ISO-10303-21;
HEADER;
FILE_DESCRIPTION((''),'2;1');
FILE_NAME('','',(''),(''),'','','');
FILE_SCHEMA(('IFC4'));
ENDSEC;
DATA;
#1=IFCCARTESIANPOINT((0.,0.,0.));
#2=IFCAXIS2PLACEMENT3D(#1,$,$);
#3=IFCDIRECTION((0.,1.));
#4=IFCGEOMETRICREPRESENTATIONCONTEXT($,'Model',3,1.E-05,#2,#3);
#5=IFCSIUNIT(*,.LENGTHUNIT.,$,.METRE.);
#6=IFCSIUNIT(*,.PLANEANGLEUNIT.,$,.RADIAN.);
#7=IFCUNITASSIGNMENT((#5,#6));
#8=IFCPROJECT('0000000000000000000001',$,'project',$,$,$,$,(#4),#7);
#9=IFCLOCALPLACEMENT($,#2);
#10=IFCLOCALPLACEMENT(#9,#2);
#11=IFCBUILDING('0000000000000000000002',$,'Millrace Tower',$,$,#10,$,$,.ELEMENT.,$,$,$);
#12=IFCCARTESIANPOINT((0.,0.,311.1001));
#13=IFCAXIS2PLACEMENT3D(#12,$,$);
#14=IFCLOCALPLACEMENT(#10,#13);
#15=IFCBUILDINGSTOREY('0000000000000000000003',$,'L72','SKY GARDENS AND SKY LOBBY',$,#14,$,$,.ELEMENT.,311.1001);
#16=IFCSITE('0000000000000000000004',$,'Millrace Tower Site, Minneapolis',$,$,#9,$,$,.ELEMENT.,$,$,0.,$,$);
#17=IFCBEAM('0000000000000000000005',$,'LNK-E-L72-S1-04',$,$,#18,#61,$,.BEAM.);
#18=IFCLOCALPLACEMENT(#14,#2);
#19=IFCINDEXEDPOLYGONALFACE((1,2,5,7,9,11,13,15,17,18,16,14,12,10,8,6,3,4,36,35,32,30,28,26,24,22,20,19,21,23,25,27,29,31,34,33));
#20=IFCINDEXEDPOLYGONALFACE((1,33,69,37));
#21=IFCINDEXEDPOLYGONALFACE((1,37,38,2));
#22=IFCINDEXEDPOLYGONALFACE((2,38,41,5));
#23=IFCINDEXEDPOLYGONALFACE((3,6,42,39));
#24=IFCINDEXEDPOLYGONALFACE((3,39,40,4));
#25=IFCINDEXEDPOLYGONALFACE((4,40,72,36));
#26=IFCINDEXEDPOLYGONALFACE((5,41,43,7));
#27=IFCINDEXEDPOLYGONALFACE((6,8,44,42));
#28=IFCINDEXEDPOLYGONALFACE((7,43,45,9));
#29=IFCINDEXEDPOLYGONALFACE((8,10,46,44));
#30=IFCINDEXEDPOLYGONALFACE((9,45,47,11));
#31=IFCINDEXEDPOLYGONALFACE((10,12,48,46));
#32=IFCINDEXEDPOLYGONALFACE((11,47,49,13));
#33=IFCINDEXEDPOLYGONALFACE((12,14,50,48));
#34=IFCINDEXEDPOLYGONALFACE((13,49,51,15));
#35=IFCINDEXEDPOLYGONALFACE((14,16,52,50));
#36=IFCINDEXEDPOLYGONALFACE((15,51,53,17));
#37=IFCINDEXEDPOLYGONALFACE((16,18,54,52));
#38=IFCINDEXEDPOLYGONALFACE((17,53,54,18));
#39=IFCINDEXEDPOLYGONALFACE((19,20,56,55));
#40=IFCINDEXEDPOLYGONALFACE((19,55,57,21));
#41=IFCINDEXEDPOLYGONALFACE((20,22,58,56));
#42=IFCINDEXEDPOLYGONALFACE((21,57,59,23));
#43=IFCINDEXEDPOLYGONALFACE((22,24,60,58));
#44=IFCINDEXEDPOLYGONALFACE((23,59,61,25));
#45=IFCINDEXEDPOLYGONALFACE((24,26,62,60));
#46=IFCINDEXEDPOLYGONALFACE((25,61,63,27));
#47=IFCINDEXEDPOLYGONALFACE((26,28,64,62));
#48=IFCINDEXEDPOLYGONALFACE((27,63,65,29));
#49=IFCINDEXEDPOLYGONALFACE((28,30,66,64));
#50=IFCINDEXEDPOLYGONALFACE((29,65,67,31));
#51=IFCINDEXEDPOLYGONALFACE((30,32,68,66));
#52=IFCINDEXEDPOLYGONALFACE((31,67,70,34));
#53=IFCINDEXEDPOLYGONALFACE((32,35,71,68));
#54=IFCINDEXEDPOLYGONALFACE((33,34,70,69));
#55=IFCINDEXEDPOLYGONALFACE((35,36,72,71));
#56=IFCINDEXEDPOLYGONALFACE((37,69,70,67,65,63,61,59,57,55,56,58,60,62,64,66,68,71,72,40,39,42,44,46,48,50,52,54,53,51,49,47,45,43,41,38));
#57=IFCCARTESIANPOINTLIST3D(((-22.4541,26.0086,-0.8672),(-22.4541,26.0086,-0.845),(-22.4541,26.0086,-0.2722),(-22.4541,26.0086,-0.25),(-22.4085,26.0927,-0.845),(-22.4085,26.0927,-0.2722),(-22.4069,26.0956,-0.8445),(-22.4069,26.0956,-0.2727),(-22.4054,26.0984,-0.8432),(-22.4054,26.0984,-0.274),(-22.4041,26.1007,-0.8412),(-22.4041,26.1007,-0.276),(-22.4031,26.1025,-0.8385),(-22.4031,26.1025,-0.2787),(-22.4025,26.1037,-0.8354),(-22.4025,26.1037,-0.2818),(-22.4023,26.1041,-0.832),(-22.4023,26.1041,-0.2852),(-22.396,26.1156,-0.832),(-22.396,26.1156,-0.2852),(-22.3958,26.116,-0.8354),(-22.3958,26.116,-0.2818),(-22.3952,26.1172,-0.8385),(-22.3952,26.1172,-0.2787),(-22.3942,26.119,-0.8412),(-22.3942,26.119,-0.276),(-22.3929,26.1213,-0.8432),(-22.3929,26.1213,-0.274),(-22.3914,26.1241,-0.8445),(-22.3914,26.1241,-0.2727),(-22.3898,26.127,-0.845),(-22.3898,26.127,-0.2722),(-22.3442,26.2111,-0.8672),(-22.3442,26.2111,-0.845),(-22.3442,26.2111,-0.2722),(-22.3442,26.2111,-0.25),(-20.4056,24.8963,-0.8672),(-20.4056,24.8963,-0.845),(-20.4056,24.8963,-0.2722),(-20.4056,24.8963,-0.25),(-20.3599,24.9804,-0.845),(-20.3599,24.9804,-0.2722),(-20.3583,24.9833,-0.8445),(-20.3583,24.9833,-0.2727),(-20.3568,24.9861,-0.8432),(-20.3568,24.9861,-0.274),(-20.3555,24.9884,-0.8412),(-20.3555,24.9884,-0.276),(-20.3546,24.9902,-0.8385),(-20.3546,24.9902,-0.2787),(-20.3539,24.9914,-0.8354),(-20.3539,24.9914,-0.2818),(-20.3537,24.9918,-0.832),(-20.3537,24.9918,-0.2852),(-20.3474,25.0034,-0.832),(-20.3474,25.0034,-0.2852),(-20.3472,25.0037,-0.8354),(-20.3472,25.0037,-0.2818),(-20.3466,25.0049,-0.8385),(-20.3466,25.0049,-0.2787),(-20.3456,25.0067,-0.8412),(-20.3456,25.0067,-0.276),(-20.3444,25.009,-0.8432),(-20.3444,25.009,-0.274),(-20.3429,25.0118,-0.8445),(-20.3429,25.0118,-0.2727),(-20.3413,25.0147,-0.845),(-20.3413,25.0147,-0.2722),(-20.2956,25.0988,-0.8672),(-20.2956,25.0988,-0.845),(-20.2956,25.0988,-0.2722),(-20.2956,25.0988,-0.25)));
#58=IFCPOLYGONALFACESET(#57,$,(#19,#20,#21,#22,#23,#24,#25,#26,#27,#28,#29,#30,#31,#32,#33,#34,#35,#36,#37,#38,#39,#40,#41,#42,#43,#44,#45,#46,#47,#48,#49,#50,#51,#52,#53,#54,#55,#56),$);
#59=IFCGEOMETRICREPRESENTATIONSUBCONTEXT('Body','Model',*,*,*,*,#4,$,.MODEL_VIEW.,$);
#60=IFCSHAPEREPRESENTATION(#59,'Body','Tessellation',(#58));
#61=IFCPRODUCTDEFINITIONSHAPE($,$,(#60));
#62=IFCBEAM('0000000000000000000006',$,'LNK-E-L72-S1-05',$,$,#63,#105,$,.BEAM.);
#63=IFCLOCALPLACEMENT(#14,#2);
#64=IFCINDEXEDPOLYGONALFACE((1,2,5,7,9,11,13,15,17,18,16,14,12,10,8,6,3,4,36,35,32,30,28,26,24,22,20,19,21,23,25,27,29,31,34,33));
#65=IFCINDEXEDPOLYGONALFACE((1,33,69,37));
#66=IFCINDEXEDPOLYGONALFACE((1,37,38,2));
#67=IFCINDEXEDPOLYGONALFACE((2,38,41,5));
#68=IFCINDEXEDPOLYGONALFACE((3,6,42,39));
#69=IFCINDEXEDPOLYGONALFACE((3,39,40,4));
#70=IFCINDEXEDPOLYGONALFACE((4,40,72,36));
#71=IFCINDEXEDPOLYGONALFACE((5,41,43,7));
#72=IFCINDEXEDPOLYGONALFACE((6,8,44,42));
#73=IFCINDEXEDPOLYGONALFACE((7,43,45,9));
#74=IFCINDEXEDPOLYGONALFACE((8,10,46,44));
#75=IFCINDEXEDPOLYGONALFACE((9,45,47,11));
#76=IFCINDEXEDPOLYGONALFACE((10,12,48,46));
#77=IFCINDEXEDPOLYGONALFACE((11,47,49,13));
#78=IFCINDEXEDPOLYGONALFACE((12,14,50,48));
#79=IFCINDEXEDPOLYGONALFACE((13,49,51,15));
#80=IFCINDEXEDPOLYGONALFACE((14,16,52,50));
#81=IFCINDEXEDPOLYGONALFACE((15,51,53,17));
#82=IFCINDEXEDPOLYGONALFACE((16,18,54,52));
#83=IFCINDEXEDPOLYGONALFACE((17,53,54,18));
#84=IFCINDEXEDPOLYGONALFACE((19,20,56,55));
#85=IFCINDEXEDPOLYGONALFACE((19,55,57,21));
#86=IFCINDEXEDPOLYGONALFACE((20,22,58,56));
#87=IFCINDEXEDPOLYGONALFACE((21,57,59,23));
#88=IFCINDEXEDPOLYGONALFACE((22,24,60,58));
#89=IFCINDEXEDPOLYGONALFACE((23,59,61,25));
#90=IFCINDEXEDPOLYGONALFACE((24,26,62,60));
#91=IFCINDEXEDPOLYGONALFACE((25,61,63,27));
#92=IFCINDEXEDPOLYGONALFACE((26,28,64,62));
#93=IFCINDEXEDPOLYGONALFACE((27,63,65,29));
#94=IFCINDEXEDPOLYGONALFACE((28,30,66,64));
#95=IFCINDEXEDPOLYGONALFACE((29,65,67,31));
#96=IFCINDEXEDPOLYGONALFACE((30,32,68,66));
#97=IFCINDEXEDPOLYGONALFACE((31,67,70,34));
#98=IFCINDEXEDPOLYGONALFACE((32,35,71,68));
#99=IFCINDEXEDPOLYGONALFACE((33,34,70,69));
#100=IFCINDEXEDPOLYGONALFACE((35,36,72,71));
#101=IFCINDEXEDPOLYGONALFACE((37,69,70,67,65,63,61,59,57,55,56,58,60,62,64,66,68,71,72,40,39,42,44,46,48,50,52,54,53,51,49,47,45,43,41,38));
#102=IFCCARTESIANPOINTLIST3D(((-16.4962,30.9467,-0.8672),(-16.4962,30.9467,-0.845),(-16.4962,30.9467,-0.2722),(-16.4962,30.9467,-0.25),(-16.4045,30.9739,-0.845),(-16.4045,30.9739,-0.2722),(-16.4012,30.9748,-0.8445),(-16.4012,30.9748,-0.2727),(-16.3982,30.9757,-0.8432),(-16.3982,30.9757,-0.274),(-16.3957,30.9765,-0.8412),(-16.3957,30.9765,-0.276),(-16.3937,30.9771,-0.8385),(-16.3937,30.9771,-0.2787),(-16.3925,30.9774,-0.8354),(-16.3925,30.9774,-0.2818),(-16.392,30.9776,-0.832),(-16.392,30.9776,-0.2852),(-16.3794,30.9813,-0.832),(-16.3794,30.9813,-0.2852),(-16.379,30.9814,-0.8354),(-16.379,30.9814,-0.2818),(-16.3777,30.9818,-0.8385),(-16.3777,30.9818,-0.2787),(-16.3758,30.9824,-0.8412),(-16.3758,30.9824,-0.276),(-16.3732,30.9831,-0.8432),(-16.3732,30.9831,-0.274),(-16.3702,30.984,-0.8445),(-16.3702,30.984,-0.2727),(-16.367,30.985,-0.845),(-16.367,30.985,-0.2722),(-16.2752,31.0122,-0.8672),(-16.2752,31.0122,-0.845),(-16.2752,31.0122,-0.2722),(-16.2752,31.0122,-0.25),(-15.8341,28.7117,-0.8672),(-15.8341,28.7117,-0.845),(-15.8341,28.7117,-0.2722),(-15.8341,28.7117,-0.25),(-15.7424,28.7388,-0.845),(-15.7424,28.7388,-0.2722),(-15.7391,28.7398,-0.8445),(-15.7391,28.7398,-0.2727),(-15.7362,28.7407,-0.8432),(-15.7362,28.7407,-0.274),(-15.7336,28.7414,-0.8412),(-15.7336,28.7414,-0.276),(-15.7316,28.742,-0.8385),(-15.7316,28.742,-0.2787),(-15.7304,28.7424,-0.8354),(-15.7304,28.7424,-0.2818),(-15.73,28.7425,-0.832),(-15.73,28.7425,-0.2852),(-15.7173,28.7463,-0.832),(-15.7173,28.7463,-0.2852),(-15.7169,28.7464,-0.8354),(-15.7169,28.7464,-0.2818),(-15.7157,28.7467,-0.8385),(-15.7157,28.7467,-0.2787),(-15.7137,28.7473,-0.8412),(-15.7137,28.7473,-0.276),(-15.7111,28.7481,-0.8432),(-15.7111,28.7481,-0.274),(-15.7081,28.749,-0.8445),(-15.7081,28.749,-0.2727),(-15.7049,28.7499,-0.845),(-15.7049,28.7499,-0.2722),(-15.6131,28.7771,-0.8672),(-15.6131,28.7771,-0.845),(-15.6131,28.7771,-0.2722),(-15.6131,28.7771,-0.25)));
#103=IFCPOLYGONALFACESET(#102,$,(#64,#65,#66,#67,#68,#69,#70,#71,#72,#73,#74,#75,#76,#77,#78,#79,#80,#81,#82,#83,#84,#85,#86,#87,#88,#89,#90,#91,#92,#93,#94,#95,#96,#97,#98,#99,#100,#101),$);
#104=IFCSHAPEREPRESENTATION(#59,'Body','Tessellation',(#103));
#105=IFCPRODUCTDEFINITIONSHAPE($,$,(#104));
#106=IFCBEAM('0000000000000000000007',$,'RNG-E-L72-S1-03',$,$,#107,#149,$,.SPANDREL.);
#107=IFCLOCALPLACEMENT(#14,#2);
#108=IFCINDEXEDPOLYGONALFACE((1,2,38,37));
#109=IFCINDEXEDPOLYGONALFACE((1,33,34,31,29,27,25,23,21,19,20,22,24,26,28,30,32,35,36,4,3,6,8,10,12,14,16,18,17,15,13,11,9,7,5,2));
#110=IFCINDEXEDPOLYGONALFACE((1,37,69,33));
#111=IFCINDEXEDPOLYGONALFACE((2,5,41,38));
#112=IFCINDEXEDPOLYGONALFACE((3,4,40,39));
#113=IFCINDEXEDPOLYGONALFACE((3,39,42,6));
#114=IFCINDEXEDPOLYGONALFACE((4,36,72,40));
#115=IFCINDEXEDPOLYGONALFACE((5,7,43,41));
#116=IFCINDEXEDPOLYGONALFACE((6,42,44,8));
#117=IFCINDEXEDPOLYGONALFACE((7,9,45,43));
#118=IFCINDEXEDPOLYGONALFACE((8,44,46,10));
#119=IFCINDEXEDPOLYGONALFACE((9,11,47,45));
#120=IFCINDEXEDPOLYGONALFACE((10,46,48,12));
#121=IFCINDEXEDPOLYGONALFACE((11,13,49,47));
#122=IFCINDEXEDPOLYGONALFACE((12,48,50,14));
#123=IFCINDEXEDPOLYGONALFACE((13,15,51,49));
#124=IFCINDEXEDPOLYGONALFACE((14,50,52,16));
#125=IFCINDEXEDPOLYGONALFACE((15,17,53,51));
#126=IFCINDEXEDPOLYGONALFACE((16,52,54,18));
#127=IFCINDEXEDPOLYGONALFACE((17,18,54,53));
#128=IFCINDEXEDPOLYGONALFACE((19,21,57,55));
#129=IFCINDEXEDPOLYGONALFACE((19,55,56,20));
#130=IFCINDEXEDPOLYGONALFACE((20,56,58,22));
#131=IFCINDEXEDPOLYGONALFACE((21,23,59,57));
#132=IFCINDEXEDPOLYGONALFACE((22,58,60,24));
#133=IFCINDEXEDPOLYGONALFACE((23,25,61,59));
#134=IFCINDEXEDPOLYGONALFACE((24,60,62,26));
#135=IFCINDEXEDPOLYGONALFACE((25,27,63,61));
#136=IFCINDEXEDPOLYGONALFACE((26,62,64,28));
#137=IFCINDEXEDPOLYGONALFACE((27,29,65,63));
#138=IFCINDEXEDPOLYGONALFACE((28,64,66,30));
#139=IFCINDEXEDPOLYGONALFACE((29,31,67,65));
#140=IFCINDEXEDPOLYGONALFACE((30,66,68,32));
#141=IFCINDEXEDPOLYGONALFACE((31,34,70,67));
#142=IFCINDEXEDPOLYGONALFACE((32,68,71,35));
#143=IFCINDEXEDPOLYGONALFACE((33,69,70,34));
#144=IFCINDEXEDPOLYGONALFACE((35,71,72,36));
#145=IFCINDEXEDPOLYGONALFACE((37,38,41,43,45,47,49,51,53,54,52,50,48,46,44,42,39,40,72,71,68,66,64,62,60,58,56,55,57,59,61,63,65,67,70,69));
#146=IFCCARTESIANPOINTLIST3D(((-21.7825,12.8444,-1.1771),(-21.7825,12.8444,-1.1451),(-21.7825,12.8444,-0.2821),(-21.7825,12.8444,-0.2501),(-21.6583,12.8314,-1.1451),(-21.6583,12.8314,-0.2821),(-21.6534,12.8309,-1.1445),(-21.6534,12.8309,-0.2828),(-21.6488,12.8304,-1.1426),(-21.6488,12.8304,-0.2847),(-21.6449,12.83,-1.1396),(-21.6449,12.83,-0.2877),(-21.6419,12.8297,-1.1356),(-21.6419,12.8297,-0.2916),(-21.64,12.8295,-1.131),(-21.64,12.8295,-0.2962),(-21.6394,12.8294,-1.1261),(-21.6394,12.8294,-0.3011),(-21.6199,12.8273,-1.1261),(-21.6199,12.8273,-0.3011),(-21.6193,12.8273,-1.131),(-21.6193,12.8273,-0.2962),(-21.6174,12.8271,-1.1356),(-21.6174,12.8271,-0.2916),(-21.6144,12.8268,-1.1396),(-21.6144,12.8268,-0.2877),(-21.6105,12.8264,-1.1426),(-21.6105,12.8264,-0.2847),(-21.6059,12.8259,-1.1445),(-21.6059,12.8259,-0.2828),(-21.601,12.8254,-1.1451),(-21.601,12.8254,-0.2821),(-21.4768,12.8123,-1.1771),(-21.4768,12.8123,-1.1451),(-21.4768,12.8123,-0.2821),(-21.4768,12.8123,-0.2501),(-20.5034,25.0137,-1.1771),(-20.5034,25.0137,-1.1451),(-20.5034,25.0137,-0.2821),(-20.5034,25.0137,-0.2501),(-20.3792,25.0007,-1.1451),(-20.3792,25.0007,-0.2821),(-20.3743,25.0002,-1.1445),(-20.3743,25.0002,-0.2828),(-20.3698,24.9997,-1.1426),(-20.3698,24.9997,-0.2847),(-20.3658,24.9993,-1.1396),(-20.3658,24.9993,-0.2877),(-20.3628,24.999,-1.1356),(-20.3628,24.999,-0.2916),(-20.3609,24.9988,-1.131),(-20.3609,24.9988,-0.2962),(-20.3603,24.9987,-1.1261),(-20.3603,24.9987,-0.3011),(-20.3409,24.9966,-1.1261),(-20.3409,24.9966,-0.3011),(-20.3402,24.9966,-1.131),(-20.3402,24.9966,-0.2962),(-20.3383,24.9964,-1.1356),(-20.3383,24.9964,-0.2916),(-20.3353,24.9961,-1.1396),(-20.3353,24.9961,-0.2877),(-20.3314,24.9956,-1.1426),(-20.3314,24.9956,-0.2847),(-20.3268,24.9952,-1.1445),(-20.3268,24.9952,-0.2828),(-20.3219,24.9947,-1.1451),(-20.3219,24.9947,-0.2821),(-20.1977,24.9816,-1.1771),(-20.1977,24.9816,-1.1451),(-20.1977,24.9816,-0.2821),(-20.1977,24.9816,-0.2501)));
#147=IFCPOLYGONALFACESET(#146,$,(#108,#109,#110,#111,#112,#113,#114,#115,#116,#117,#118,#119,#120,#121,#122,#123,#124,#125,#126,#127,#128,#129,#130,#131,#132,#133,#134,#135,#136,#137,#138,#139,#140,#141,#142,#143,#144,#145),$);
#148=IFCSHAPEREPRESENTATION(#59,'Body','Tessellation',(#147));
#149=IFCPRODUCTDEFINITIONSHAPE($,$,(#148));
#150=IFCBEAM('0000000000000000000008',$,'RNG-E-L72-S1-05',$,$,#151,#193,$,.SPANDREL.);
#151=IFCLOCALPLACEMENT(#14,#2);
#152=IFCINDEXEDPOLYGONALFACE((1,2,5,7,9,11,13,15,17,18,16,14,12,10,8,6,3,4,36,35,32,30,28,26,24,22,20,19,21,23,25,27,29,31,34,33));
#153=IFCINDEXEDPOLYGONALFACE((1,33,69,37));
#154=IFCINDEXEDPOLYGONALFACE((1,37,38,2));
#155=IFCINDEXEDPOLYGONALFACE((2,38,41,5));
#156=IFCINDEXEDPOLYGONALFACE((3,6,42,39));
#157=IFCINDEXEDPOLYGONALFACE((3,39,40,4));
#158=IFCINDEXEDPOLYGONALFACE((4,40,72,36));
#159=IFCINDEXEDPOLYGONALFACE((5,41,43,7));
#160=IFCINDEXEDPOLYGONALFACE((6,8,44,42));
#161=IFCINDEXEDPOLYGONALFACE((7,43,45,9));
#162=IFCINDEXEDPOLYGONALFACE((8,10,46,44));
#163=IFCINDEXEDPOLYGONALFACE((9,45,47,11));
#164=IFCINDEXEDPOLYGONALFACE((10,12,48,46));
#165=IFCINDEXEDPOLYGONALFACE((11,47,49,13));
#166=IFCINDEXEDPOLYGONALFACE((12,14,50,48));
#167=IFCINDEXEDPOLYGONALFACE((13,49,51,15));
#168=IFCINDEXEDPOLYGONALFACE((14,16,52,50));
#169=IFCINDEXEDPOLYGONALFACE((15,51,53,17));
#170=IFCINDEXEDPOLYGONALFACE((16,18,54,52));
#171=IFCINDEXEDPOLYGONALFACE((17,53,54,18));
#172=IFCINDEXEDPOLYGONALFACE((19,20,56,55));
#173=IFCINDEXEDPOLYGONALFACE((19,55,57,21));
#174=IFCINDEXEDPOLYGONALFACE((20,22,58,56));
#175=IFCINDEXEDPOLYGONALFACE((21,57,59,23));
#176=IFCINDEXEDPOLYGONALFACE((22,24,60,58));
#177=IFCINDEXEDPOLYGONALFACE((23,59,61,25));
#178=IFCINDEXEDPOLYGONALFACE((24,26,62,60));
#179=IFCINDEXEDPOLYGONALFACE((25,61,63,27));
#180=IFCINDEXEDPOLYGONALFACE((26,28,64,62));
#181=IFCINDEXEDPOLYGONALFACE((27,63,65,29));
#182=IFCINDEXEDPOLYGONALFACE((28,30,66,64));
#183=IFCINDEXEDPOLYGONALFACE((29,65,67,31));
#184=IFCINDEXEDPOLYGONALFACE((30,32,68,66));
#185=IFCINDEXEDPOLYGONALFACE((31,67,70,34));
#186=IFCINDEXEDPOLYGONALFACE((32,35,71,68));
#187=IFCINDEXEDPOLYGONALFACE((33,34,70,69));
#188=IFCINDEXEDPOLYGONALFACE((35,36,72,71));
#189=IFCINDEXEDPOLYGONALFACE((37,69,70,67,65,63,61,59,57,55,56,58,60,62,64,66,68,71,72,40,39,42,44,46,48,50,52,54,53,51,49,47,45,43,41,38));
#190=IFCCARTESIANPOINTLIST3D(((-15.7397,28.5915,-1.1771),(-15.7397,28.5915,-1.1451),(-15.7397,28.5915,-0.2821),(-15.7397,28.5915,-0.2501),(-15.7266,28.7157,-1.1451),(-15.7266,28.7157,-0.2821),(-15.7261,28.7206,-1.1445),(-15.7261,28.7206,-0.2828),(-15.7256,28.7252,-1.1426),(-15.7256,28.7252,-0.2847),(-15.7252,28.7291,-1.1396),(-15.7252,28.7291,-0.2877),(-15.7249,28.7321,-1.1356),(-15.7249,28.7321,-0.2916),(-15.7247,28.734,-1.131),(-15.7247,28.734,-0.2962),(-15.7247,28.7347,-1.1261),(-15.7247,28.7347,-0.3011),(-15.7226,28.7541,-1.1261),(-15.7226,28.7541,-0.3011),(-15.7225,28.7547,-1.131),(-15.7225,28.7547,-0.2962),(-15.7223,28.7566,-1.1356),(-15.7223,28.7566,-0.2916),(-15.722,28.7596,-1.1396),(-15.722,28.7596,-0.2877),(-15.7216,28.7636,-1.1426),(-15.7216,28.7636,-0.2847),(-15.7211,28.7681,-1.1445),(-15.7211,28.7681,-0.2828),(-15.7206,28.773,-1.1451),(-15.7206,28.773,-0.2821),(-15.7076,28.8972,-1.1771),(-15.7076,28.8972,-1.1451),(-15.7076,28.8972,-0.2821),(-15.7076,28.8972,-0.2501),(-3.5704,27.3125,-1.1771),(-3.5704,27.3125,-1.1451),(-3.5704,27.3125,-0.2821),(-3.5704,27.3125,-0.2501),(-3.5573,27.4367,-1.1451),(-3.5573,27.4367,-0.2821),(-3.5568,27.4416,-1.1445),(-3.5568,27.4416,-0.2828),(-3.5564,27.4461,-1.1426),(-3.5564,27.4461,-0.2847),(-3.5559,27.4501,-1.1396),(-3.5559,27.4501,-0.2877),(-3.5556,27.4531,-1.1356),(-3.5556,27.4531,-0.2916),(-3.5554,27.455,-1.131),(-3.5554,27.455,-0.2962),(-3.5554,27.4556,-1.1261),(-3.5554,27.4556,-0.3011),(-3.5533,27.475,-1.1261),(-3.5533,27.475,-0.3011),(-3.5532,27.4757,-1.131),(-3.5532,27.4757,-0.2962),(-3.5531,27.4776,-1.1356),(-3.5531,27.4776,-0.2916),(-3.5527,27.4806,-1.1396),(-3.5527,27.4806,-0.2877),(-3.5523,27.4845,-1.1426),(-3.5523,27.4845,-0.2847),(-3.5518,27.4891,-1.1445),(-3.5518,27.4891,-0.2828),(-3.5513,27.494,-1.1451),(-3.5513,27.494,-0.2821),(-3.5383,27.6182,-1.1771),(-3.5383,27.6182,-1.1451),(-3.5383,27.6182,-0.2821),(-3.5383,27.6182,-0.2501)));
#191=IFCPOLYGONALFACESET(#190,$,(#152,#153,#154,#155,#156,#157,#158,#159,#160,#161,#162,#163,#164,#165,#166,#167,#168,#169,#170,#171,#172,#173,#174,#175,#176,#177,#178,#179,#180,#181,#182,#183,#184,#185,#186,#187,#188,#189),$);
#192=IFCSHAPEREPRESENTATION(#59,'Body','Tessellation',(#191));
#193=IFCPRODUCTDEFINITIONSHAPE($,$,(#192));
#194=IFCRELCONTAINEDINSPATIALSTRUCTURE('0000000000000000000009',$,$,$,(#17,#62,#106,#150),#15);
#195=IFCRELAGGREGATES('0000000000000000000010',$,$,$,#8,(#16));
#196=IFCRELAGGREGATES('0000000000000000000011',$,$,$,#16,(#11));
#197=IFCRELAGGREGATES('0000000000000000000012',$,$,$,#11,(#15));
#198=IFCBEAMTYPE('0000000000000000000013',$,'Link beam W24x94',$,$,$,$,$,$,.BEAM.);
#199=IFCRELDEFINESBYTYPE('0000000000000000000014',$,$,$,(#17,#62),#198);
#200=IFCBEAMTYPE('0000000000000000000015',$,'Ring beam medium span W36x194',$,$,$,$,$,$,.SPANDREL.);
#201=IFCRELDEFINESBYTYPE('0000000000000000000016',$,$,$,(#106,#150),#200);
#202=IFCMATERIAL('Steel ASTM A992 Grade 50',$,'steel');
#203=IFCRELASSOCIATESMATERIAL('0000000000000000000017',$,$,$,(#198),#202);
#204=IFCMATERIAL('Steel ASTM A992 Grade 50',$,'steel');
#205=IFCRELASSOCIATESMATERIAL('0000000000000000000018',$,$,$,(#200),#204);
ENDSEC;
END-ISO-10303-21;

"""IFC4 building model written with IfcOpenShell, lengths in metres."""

from ifc_helpers import new_model, si_unit, direction, frame, origin, origin_2d, place, context, subcontext, project, spatial, i_section, extrude, material, material_profile, profile_set, type_object, element, save


model = new_model("IFC4")

# Units and contexts
model_context = context("Model", 3, precision=1e-05, world=origin(), true_north=direction((0.0, 1.0)))
body_context = subcontext(model_context, "Body", "Model", "MODEL_VIEW")
ifc_project = project(units=[si_unit("LENGTHUNIT", "METRE"), si_unit("PLANEANGLEUNIT", "RADIAN")], contexts=[model_context])

# Site, building, storey
site_placement = place(None, origin())
site = spatial("IfcSite", under=ifc_project, at=site_placement, Name="Millrace Tower Site, Minneapolis", CompositionType="ELEMENT", RefElevation=0.0)
building_placement = place(site_placement, origin())
building = spatial("IfcBuilding", under=site, at=building_placement, Name="Millrace Tower", CompositionType="ELEMENT")
storey_placement = place(building_placement, frame((0.0, 0.0, 311.1001)))
storey = spatial("IfcBuildingStorey", under=building, at=storey_placement, Name="L72", Description="SKY GARDENS AND SKY LOBBY", CompositionType="ELEMENT", Elevation=311.1001)

# Beams
ifc_material_1 = material(Name="Steel ASTM A992 Grade 50", Category="steel")
ifc_material_profile_1 = material_profile(ifc_material_1, i_section(OverallWidth=0.2305, OverallDepth=0.6172, WebThickness=0.0132, FlangeThickness=0.0222, FilletRadius=0.0129, at=origin_2d()))
ifc_profile_set_1 = profile_set([ifc_material_profile_1], Name="Steel ASTM A992 Grade 50")
beam_type_1 = type_object("IfcBeamType", Name="Link beam W24x94", PredefinedType="BEAM", material=ifc_profile_set_1)
for number, where, z_axis, x_axis, name in (
    (1, (-20.3506, 24.9976, -0.5586), (-0.878815, 0.477164, 0.0), (-0.477164, -0.878815, 0.0), "LNK-E-L72-S1-04"),
    (2, (-15.7236, 28.7444, -0.5586), (-0.284031, 0.958815, 0.0), (-0.958815, -0.284031, 0.0), "LNK-E-L72-S1-05"),
):
    element("IfcBeam", number, at=place(storey_placement, frame(where, z_axis=z_axis, x_axis=x_axis)), inside=storey, type_object=beam_type_1, Name=name, PredefinedType="BEAM", context=body_context, shape_type="SweptSolid", body=[
        extrude(i_section(OverallWidth=0.2305, OverallDepth=0.6172, WebThickness=0.0132, FlangeThickness=0.0222, FilletRadius=0.0129, at=origin_2d()), origin(), (0.0, 0.0, 1.0), 2.3311),
    ])
ifc_material_2 = material(Name="Steel ASTM A992 Grade 50", Category="steel")
ifc_material_profile_2 = material_profile(ifc_material_2, i_section(OverallWidth=0.3074, OverallDepth=0.927, WebThickness=0.0195, FlangeThickness=0.032, FilletRadius=0.019, at=origin_2d()))
ifc_profile_set_2 = profile_set([ifc_material_profile_2], Name="Steel ASTM A992 Grade 50")
beam_type_2 = type_object("IfcBeamType", Name="Ring beam medium span W36x194", PredefinedType="SPANDREL", material=ifc_profile_set_2)
for number, where, z_axis, x_axis, name in (
    (3, (-21.6296, 12.8284, -0.7136), (0.10453, 0.994522, 0.0), (-0.994522, 0.10453, 0.0), "RNG-E-L72-S1-03"),
    (4, (-15.7236, 28.7444, -0.7136), (0.994522, -0.10453, 0.0), (0.10453, 0.994522, 0.0), "RNG-E-L72-S1-05"),
):
    element("IfcBeam", number, at=place(storey_placement, frame(where, z_axis=z_axis, x_axis=x_axis)), inside=storey, type_object=beam_type_2, Name=name, PredefinedType="SPANDREL", context=body_context, shape_type="SweptSolid", body=[
        extrude(i_section(OverallWidth=0.3074, OverallDepth=0.927, WebThickness=0.0195, FlangeThickness=0.032, FilletRadius=0.019, at=origin_2d()), origin(), (0.0, 0.0, 1.0), 12.2363),
    ])

save(model, "model.ifc")
